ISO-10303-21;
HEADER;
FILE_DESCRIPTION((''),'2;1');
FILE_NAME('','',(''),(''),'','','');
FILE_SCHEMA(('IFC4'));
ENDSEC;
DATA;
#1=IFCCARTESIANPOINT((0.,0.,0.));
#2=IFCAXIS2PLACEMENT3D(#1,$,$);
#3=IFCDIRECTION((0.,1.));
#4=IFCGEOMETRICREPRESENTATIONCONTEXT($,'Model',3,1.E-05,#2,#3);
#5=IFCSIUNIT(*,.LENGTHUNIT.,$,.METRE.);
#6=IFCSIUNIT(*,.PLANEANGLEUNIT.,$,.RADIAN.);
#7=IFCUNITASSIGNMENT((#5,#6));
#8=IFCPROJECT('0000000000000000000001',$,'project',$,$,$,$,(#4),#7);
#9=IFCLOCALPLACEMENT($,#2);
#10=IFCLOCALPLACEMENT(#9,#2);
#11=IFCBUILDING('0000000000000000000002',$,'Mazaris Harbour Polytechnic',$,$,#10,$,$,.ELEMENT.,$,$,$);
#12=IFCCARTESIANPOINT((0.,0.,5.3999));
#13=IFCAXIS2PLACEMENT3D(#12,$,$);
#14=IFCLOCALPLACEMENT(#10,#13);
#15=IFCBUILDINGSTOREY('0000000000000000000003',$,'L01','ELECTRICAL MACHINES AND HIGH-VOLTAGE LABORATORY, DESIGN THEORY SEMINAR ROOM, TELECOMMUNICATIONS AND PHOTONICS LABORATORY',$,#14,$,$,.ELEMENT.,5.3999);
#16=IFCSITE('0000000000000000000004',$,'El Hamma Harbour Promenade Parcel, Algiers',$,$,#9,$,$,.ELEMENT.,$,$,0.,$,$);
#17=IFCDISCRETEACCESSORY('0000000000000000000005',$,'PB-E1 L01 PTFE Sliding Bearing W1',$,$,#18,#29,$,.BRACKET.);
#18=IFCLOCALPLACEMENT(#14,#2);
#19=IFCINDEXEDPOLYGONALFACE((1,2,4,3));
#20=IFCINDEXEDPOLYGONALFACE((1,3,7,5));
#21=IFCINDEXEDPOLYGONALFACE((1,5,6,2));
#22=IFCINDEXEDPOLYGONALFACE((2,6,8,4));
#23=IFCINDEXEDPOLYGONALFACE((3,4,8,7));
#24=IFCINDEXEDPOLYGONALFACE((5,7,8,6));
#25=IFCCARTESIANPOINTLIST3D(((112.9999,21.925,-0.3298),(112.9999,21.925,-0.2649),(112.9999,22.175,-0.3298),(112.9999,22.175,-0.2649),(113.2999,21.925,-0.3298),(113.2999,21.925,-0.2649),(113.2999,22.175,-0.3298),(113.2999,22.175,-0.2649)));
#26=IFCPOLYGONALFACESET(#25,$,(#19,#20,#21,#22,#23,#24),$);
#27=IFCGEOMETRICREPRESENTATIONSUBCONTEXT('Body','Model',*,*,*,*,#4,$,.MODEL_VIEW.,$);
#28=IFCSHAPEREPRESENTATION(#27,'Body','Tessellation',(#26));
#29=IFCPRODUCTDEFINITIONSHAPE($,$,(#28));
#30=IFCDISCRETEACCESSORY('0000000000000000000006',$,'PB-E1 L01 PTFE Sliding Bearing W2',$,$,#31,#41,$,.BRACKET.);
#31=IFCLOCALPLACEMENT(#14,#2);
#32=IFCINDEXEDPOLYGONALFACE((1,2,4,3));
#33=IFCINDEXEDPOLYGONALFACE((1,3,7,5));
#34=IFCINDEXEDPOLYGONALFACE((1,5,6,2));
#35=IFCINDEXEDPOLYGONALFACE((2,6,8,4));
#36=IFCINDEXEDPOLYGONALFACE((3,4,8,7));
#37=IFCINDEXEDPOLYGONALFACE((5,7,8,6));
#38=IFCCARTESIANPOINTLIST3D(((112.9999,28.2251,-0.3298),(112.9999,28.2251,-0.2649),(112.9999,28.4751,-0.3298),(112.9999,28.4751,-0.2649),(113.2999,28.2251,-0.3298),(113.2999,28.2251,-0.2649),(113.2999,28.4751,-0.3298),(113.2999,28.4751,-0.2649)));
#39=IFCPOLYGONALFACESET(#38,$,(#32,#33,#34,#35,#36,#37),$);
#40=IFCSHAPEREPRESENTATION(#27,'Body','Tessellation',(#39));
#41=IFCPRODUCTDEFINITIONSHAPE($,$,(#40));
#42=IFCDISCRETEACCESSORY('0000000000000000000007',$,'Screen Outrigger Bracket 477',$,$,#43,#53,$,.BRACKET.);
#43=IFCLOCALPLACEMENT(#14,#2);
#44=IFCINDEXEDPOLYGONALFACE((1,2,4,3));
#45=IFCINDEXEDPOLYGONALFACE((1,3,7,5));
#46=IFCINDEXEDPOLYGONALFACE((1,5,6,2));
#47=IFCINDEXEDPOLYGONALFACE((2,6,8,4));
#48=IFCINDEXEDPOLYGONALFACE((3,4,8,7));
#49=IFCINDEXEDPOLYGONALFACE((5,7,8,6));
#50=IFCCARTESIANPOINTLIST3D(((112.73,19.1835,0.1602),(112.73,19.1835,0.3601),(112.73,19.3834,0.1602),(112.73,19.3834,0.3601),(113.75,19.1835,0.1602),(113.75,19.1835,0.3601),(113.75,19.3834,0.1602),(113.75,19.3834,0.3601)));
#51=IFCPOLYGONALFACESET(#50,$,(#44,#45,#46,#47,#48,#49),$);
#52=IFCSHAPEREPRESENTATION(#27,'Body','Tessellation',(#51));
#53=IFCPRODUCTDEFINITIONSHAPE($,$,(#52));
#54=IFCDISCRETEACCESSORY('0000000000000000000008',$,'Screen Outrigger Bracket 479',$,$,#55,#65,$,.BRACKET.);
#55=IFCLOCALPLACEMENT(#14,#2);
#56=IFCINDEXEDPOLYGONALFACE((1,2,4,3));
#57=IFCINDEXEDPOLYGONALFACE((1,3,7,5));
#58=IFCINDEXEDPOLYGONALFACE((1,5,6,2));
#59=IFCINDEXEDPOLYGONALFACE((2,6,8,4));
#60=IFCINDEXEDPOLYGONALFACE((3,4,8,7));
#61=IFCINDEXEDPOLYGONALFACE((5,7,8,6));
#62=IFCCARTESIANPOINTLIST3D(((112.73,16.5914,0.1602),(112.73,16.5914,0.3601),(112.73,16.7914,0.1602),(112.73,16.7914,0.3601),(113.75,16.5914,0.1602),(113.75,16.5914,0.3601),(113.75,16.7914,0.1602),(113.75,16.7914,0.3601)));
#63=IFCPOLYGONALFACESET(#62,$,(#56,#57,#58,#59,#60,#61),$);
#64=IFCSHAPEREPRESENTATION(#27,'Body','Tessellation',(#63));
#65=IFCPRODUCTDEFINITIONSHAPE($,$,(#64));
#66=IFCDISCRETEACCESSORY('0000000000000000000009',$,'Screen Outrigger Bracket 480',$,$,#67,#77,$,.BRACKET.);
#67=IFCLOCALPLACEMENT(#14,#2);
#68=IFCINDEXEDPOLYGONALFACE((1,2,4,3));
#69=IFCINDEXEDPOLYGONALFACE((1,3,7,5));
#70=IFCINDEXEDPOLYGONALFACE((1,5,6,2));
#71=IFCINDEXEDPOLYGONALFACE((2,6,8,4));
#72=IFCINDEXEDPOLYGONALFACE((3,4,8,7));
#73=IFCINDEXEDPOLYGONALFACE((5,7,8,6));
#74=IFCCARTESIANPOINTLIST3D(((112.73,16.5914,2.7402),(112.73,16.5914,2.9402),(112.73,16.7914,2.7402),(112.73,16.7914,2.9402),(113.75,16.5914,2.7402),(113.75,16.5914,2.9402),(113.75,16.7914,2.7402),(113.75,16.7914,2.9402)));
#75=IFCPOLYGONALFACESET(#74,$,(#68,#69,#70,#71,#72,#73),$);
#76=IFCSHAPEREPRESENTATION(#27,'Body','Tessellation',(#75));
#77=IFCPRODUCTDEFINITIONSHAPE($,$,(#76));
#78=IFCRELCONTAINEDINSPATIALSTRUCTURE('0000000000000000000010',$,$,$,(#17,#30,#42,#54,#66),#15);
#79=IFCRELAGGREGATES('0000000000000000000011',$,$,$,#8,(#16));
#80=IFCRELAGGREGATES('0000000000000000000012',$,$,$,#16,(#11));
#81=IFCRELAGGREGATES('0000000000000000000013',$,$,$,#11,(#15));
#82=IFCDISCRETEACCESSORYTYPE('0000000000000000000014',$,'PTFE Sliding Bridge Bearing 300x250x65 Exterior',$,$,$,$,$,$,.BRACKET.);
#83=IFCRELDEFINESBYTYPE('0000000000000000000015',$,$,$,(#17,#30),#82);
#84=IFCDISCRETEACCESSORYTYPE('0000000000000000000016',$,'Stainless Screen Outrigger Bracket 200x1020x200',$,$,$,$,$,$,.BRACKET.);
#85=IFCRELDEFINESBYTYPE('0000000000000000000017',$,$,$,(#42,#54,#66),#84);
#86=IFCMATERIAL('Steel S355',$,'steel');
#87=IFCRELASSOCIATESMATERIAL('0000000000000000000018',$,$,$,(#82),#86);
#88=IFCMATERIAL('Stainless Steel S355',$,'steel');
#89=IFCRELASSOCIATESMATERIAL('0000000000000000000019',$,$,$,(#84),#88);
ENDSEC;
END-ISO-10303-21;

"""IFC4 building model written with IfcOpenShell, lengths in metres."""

from ifc_helpers import new_model, si_unit, direction, frame, origin, origin_2d, place, context, subcontext, project, spatial, rectangle, extrude, material, type_object, element, save


model = new_model("IFC4")

# Units and contexts
model_context = context("Model", 3, precision=1e-05, world=origin(), true_north=direction((0.0, 1.0)))
body_context = subcontext(model_context, "Body", "Model", "MODEL_VIEW")
ifc_project = project(units=[si_unit("LENGTHUNIT", "METRE"), si_unit("PLANEANGLEUNIT", "RADIAN")], contexts=[model_context])

# Site, building, storey
site_placement = place(None, origin())
site = spatial("IfcSite", under=ifc_project, at=site_placement, Name="El Hamma Harbour Promenade Parcel, Algiers", CompositionType="ELEMENT", RefElevation=0.0)
building_placement = place(site_placement, origin())
building = spatial("IfcBuilding", under=site, at=building_placement, Name="Mazaris Harbour Polytechnic", CompositionType="ELEMENT")
storey_placement = place(building_placement, frame((0.0, 0.0, 5.3999)))
storey = spatial("IfcBuildingStorey", under=building, at=storey_placement, Name="L01", Description="ELECTRICAL MACHINES AND HIGH-VOLTAGE LABORATORY, DESIGN THEORY SEMINAR ROOM, TELECOMMUNICATIONS AND PHOTONICS LABORATORY", CompositionType="ELEMENT", Elevation=5.3999)

# Discrete accessories
ifc_material_1 = material(Name="Steel S355", Category="steel")
discrete_accessory_type_1 = type_object("IfcDiscreteAccessoryType", Name="PTFE Sliding Bridge Bearing 300x250x65 Exterior", PredefinedType="BRACKET", material=ifc_material_1)
for number, where, z_axis, x_axis, name in (
    (1, (113.1499, 22.05, -0.3298), (0.0, 0.0, 1.0), (1.0, 0.0, 0.0), "PB-E1 L01 PTFE Sliding Bearing W1"),
    (2, (113.1499, 28.3501, -0.3298), (0.0, 0.0, 1.0), (1.0, 0.0, 0.0), "PB-E1 L01 PTFE Sliding Bearing W2"),
):
    element("IfcDiscreteAccessory", number, at=place(storey_placement, frame(where, z_axis=z_axis, x_axis=x_axis)), inside=storey, type_object=discrete_accessory_type_1, Name=name, PredefinedType="BRACKET", context=body_context, shape_type="SweptSolid", body=[
        extrude(rectangle(XDim=0.3, YDim=0.25, at=origin_2d()), origin(), (0.0, 0.0, 1.0), 0.0649),
    ])
ifc_material_2 = material(Name="Stainless Steel S355", Category="steel")
discrete_accessory_type_2 = type_object("IfcDiscreteAccessoryType", Name="Stainless Screen Outrigger Bracket 200x1020x200", PredefinedType="BRACKET", material=ifc_material_2)
for number, where, z_axis, x_axis, name in (
    (3, (113.24, 19.2834, 0.1602), (0.0, 0.0, 1.0), (0.0, -1.0, 0.0), "Screen Outrigger Bracket 477"),
    (4, (113.24, 16.6914, 0.1602), (0.0, 0.0, 1.0), (0.0, -1.0, 0.0), "Screen Outrigger Bracket 479"),
    (5, (113.24, 16.6914, 2.7402), (0.0, 0.0, 1.0), (0.0, -1.0, 0.0), "Screen Outrigger Bracket 480"),
):
    element("IfcDiscreteAccessory", number, at=place(storey_placement, frame(where, z_axis=z_axis, x_axis=x_axis)), inside=storey, type_object=discrete_accessory_type_2, Name=name, PredefinedType="BRACKET", context=body_context, shape_type="SweptSolid", body=[
        extrude(rectangle(XDim=0.2, YDim=1.02, at=origin_2d()), origin(), (0.0, 0.0, 1.0), 0.2),
    ])

save(model, "model.ifc")
